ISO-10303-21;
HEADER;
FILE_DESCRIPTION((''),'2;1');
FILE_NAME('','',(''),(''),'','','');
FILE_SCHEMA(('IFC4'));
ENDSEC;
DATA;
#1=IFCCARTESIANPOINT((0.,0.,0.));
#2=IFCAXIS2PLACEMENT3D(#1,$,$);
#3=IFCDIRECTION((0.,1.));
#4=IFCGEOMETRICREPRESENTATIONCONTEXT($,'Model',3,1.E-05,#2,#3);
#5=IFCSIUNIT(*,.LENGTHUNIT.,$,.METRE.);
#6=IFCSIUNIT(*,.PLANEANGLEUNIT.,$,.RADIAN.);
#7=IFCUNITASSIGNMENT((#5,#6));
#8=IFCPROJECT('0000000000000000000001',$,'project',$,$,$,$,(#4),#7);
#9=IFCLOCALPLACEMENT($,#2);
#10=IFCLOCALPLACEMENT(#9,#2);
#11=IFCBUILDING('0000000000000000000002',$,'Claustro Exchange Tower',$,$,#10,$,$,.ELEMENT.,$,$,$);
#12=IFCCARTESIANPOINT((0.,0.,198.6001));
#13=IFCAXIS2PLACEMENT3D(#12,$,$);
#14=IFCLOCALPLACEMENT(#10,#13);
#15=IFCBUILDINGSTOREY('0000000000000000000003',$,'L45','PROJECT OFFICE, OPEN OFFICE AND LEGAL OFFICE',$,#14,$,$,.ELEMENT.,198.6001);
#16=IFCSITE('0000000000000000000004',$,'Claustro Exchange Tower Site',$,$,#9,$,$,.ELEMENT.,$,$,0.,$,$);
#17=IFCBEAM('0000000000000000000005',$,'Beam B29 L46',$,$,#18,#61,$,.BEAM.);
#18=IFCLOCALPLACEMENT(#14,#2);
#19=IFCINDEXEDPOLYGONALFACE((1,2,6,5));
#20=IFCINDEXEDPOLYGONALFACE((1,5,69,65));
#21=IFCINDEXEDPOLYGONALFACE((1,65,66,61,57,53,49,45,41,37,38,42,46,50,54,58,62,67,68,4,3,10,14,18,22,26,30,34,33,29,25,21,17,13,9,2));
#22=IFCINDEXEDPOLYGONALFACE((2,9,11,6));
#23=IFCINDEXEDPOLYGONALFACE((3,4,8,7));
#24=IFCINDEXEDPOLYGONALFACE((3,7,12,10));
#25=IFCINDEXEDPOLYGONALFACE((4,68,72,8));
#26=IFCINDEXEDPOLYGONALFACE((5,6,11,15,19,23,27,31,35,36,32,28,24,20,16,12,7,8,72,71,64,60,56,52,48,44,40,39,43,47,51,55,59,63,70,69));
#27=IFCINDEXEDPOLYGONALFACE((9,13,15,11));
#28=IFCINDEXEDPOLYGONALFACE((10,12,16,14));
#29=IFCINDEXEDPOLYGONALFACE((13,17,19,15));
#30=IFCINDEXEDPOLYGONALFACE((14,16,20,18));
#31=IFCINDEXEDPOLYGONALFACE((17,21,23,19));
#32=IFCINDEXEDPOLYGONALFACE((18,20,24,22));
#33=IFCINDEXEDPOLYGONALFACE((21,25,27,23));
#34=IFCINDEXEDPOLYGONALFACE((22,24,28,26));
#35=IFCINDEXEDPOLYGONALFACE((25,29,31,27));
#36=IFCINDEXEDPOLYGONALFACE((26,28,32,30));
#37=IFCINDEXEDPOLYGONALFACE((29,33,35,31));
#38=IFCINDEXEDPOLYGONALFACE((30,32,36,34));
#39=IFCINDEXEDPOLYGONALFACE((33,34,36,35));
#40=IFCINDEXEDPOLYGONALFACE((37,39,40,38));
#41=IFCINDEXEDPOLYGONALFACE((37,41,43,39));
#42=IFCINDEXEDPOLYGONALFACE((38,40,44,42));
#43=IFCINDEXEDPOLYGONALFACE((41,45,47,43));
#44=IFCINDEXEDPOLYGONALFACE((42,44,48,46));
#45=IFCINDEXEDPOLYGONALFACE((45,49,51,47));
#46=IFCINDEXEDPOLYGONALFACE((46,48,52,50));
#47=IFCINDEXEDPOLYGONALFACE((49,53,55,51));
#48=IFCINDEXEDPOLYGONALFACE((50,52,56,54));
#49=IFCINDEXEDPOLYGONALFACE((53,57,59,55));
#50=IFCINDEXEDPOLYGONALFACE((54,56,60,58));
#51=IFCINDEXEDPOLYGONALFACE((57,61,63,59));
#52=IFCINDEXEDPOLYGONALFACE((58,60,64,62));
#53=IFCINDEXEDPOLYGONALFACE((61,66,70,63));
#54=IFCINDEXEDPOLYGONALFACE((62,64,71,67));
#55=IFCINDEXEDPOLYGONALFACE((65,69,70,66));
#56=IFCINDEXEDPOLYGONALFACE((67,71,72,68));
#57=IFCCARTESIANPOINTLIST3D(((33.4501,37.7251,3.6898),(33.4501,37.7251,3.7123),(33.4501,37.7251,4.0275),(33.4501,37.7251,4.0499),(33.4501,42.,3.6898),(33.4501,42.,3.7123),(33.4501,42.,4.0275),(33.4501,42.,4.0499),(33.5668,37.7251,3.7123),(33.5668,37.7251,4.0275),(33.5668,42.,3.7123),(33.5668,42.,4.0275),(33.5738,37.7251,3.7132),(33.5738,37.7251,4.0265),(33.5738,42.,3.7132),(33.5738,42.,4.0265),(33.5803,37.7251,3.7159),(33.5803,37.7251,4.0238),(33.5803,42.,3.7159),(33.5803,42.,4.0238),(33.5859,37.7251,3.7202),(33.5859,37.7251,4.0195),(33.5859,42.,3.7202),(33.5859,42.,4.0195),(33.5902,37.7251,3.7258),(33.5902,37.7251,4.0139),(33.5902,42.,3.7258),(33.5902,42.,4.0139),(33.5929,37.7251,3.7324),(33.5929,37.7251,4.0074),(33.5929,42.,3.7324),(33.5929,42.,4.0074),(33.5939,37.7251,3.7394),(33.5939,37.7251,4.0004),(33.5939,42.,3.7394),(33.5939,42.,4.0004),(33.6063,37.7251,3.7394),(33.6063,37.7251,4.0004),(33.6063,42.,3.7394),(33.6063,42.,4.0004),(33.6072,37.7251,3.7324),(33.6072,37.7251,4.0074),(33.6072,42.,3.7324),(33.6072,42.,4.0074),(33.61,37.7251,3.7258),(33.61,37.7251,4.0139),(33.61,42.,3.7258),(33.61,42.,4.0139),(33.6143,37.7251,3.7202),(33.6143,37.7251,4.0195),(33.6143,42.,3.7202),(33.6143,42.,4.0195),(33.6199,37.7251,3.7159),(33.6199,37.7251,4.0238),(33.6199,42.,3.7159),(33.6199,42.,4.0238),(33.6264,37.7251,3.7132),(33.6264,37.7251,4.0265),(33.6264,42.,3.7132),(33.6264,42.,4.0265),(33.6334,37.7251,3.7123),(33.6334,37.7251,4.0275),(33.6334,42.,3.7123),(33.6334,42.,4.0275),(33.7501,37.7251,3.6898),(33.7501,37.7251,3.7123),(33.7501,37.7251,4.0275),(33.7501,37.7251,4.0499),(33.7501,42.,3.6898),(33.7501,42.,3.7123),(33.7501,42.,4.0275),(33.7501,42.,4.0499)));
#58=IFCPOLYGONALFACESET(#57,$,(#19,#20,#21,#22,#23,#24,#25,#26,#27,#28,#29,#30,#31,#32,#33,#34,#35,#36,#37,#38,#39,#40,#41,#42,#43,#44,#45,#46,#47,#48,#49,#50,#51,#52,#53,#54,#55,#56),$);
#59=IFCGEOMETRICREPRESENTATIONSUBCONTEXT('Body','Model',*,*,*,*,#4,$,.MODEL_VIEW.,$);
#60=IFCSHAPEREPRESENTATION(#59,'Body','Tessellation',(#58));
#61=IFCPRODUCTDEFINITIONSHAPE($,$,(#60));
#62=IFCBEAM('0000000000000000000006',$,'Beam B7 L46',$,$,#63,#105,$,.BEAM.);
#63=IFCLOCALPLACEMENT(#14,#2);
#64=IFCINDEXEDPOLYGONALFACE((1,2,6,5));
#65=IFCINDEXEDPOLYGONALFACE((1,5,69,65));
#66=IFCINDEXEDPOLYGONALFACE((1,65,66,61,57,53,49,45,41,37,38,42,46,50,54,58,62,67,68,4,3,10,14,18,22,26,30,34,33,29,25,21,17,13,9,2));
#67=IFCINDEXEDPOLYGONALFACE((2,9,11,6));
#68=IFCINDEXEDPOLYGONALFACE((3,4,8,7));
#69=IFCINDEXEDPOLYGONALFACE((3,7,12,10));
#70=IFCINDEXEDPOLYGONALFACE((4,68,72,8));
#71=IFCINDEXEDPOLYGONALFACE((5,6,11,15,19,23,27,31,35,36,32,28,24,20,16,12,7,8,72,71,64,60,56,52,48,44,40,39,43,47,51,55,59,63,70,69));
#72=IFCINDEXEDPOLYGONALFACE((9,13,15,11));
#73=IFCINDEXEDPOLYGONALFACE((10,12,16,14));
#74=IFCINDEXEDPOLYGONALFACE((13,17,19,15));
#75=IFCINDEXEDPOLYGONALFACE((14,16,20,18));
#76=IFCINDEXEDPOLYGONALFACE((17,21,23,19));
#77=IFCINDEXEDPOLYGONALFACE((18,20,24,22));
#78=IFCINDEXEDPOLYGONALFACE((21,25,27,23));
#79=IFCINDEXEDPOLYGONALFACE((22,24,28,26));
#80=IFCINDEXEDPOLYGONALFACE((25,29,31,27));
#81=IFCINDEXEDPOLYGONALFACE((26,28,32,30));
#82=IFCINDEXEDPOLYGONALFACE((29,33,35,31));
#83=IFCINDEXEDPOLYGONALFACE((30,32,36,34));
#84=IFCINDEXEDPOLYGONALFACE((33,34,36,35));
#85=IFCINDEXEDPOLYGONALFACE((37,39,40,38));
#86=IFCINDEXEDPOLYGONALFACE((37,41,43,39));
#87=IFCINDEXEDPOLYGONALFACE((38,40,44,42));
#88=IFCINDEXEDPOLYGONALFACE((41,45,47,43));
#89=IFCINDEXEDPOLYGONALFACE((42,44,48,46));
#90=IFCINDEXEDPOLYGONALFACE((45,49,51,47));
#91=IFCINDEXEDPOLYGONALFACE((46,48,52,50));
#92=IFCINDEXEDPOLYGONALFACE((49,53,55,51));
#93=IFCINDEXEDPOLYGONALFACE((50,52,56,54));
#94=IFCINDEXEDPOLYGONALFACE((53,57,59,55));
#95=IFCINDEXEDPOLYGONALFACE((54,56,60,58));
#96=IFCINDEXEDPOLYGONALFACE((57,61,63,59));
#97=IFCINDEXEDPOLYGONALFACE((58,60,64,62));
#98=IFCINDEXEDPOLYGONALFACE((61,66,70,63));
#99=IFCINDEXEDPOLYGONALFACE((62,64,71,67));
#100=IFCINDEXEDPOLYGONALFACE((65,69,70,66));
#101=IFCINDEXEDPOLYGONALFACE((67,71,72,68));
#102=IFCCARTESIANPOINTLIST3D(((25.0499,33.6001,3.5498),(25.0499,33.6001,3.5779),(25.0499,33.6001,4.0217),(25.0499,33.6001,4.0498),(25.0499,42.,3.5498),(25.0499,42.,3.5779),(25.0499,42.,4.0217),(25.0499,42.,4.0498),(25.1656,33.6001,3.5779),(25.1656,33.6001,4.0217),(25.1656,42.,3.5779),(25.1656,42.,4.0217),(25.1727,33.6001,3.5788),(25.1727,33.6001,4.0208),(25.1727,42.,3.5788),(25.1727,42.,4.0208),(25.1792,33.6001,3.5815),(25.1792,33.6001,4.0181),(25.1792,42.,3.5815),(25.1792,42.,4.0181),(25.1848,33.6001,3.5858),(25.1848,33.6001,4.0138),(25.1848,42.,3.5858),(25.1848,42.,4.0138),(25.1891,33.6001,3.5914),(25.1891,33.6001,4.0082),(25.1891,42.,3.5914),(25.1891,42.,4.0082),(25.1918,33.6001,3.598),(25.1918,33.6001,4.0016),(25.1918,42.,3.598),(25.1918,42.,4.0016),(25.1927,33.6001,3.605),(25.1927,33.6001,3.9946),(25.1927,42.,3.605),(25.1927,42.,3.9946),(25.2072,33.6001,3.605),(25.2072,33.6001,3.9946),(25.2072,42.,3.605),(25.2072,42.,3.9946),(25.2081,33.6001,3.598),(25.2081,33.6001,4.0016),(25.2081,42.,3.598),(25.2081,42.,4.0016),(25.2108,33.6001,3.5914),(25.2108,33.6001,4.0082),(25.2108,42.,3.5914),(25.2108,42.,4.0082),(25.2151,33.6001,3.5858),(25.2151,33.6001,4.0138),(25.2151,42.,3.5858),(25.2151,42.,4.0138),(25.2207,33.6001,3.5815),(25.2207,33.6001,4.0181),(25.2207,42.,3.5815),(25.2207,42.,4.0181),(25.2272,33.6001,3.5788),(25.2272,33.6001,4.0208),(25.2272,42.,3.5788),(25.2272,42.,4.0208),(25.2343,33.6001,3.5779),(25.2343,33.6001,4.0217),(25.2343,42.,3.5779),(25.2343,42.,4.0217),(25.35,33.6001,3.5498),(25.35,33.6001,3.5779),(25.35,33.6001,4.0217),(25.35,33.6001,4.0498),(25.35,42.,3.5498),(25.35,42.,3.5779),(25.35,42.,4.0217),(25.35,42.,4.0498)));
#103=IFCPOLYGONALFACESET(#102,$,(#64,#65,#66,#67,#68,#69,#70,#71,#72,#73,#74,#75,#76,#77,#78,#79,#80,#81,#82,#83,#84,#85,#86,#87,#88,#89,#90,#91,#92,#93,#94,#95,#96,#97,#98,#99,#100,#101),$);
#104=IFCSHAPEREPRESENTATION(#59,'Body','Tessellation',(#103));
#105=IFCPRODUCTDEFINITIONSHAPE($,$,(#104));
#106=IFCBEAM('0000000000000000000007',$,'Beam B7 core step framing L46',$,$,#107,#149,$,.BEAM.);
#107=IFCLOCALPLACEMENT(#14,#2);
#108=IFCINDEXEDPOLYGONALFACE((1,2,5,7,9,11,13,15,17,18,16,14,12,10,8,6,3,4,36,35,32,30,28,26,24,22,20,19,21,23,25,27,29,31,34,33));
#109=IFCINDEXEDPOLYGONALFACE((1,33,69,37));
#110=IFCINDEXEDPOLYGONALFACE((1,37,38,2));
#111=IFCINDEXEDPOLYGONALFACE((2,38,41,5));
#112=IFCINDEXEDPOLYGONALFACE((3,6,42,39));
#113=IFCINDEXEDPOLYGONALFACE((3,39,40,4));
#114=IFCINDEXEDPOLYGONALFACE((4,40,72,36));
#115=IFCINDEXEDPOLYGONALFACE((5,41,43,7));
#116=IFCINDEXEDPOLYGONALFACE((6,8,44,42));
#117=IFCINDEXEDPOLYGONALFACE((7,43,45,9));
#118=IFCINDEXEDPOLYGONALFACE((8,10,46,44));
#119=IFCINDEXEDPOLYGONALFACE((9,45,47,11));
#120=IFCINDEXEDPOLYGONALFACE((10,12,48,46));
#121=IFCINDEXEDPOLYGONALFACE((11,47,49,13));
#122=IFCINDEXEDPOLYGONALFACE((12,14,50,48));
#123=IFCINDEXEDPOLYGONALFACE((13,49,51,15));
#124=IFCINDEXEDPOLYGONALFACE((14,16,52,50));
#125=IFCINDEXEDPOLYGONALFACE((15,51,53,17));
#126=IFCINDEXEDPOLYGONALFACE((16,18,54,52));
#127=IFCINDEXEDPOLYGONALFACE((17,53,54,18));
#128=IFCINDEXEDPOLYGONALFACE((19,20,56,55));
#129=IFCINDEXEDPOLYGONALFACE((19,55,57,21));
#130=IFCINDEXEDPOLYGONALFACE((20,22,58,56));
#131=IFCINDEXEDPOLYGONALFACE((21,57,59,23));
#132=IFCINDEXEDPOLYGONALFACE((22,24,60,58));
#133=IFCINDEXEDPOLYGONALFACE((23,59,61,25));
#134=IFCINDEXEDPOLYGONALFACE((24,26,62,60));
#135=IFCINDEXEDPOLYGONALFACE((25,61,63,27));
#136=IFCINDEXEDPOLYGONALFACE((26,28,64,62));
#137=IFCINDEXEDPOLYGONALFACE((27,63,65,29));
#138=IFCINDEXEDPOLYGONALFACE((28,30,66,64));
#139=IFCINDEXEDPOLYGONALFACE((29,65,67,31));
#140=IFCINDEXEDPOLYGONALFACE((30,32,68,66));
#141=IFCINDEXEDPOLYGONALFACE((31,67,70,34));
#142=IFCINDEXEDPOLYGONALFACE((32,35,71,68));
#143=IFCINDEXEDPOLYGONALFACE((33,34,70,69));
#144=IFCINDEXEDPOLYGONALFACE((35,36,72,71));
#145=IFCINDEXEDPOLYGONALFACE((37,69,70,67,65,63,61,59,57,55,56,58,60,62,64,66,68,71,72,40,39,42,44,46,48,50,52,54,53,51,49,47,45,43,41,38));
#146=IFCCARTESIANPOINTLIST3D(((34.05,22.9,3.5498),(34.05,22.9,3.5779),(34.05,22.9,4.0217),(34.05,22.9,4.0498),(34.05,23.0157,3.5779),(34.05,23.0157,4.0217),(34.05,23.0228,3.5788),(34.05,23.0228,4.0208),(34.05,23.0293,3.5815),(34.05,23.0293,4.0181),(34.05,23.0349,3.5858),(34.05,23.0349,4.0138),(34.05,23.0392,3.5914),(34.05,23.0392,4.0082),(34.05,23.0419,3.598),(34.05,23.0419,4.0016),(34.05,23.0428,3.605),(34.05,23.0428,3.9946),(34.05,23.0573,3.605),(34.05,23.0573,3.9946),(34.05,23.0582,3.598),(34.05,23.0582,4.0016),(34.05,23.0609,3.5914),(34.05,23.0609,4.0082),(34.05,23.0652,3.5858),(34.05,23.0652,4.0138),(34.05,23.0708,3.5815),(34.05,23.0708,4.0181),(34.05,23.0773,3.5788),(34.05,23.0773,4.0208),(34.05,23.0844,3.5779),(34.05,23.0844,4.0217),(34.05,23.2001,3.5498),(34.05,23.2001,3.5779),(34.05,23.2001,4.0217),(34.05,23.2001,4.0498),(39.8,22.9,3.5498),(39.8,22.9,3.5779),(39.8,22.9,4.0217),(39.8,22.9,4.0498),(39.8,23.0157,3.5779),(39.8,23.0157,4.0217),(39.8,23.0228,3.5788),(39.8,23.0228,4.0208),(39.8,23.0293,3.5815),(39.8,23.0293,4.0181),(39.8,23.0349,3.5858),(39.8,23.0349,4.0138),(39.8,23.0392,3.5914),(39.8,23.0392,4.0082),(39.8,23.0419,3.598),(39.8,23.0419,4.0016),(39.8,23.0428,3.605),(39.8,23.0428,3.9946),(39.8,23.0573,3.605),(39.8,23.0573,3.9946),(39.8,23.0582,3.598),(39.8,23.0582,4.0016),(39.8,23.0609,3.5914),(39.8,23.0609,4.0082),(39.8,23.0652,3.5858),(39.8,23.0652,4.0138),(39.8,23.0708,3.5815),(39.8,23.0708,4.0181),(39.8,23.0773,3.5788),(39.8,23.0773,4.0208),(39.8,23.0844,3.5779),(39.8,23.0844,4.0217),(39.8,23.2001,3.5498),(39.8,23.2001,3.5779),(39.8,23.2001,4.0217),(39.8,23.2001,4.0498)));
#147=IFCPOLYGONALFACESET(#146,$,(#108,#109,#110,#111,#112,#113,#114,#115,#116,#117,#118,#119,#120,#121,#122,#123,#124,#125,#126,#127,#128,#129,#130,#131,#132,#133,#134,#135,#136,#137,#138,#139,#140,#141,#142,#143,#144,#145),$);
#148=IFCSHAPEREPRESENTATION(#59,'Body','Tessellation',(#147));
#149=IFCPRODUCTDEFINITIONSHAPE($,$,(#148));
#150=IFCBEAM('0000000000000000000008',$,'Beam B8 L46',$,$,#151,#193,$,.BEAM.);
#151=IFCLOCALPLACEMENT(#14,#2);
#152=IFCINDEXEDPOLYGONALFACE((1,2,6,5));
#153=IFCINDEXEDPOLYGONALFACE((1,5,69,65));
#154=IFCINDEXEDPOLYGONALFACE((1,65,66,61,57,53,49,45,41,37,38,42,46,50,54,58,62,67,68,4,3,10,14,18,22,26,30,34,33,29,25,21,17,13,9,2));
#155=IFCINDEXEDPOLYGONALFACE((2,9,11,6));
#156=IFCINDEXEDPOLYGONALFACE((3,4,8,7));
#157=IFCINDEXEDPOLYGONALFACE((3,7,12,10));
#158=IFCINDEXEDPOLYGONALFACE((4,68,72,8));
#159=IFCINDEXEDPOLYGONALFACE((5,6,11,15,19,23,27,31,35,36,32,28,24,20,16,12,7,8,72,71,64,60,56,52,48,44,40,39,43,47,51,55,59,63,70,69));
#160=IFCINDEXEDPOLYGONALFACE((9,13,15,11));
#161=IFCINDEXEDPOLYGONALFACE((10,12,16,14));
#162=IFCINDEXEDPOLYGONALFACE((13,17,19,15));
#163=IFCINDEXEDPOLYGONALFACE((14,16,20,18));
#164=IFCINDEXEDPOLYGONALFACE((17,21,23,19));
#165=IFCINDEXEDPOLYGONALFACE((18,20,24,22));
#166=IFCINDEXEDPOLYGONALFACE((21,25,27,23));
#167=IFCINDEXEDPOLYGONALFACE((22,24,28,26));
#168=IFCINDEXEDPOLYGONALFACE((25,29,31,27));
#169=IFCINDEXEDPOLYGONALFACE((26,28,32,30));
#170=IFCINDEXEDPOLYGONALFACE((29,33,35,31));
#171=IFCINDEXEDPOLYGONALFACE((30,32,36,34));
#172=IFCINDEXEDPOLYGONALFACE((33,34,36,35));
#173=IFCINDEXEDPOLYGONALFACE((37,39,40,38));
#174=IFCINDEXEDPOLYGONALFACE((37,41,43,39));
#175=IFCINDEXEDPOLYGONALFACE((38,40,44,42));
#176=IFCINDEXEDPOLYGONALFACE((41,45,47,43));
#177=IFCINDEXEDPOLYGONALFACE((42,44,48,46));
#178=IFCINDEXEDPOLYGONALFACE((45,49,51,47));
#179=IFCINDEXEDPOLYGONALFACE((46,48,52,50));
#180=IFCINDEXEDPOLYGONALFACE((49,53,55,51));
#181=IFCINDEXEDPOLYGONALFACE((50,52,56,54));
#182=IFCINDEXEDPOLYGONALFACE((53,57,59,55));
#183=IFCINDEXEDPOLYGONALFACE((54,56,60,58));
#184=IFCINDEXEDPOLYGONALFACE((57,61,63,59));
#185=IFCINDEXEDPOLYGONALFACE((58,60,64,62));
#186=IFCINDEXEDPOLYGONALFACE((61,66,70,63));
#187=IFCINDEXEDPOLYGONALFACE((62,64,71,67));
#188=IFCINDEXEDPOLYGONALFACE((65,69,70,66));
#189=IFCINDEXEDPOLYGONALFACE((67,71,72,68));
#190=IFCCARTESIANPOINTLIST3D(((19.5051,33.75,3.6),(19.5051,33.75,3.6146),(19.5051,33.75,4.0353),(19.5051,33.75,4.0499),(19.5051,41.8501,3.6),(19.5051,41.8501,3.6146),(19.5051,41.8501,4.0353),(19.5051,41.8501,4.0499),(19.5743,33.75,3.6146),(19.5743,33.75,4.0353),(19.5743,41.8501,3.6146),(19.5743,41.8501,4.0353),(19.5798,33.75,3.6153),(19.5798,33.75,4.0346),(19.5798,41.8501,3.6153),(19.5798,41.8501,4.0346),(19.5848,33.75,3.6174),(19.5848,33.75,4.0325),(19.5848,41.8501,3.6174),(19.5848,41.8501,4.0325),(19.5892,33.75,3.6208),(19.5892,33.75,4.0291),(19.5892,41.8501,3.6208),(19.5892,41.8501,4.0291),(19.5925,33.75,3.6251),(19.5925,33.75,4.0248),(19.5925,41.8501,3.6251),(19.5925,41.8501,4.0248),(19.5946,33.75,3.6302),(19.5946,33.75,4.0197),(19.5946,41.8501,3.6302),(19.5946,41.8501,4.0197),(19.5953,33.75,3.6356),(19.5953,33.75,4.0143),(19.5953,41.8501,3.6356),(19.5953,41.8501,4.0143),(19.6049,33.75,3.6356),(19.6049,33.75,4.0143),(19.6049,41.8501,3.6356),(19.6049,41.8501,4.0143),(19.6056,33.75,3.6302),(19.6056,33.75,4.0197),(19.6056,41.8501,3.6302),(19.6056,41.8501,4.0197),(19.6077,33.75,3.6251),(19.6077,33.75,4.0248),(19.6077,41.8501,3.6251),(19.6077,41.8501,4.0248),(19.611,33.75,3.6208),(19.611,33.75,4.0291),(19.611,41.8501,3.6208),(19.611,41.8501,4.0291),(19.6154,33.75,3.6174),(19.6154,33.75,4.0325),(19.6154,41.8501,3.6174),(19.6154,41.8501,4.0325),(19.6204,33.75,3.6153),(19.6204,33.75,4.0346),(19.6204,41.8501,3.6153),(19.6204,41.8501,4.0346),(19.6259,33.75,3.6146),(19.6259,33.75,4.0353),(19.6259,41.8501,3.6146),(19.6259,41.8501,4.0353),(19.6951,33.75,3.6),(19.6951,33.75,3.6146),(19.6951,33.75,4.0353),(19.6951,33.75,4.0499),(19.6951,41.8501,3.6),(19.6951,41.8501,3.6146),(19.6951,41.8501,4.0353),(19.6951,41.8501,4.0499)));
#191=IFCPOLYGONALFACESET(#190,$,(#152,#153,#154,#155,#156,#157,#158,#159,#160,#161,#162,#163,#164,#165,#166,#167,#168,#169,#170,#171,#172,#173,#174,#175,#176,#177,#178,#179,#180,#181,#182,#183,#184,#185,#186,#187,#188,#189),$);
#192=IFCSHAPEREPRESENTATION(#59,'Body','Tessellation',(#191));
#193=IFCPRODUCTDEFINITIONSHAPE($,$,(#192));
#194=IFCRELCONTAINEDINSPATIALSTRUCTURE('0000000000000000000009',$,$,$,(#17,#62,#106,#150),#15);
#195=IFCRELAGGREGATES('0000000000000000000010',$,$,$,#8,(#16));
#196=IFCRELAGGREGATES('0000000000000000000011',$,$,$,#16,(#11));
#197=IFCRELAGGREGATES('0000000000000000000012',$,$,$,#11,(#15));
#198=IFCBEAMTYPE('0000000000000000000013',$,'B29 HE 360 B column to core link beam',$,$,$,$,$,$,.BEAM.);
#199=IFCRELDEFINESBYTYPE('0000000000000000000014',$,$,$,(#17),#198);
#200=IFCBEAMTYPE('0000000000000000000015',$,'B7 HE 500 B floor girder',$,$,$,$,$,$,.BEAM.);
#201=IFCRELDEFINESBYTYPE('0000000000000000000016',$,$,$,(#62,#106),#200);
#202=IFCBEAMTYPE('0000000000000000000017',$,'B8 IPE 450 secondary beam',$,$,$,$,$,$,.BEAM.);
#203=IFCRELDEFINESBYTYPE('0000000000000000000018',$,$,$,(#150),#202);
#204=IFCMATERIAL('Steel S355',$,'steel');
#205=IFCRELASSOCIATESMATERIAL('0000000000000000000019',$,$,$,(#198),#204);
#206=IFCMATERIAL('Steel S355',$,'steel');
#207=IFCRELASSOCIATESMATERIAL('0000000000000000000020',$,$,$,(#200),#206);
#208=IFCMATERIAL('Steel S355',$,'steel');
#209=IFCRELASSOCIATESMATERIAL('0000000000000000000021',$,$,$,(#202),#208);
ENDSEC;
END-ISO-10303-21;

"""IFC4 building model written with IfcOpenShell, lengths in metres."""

from ifc_helpers import new_model, si_unit, direction, frame, origin, origin_2d, place, context, subcontext, project, spatial, i_section, extrude, material, material_profile, profile_set, type_object, element, save


model = new_model("IFC4")

# Units and contexts
model_context = context("Model", 3, precision=1e-05, world=origin(), true_north=direction((0.0, 1.0)))
body_context = subcontext(model_context, "Body", "Model", "MODEL_VIEW")
ifc_project = project(units=[si_unit("LENGTHUNIT", "METRE"), si_unit("PLANEANGLEUNIT", "RADIAN")], contexts=[model_context])

# Site, building, storey
site_placement = place(None, origin())
site = spatial("IfcSite", under=ifc_project, at=site_placement, Name="Claustro Exchange Tower Site", CompositionType="ELEMENT", RefElevation=0.0)
building_placement = place(site_placement, origin())
building = spatial("IfcBuilding", under=site, at=building_placement, Name="Claustro Exchange Tower", CompositionType="ELEMENT")
storey_placement = place(building_placement, frame((0.0, 0.0, 198.6001)))
storey = spatial("IfcBuildingStorey", under=building, at=storey_placement, Name="L45", Description="PROJECT OFFICE, OPEN OFFICE AND LEGAL OFFICE", CompositionType="ELEMENT", Elevation=198.6001)

# Beams
ifc_material_1 = material(Name="Steel S355", Category="steel")
ifc_material_profile_1 = material_profile(ifc_material_1, i_section(OverallWidth=0.3, OverallDepth=0.3601, WebThickness=0.0125, FlangeThickness=0.0225, FilletRadius=0.0271, at=origin_2d()), Name="HE 360 B")
ifc_profile_set_1 = profile_set([ifc_material_profile_1], Name="Steel S355")
beam_type_1 = type_object("IfcBeamType", Name="B29 HE 360 B column to core link beam", PredefinedType="BEAM", material=ifc_profile_set_1)
beam_1_placement = place(storey_placement, frame((33.6001, 37.7251, 3.8699), z_axis=(0.0, 1.0, 0.0), x_axis=(-1.0, 0.0, 0.0)))
element("IfcBeam", 1, at=beam_1_placement, inside=storey, type_object=beam_type_1, Name="Beam B29 L46", PredefinedType="BEAM", context=body_context, shape_type="SweptSolid", body=[
    extrude(i_section(OverallWidth=0.3, OverallDepth=0.3601, WebThickness=0.0125, FlangeThickness=0.0225, FilletRadius=0.0271, at=origin_2d()), origin(), (0.0, 0.0, 1.0), 4.2749),
])
ifc_material_2 = material(Name="Steel S355", Category="steel")
ifc_material_profile_2 = material_profile(ifc_material_2, i_section(OverallWidth=0.3, OverallDepth=0.5, WebThickness=0.0144, FlangeThickness=0.0281, FilletRadius=0.0271, at=origin_2d()), Name="HE 500 B")
ifc_profile_set_2 = profile_set([ifc_material_profile_2], Name="Steel S355")
beam_type_2 = type_object("IfcBeamType", Name="B7 HE 500 B floor girder", PredefinedType="BEAM", material=ifc_profile_set_2)
beam_2_placement = place(storey_placement, frame((25.2, 33.6001, 3.7998), z_axis=(0.0, 1.0, 0.0), x_axis=(-1.0, 0.0, 0.0)))
element("IfcBeam", 2, at=beam_2_placement, inside=storey, type_object=beam_type_2, Name="Beam B7 L46", PredefinedType="BEAM", context=body_context, shape_type="SweptSolid", body=[
    extrude(i_section(OverallWidth=0.3, OverallDepth=0.5, WebThickness=0.0144, FlangeThickness=0.0281, FilletRadius=0.0271, at=origin_2d()), origin(), (0.0, 0.0, 1.0), 8.3999),
])
beam_3_placement = place(storey_placement, frame((34.05, 23.05, 3.7998), z_axis=(1.0, 0.0, 0.0), x_axis=(0.0, 1.0, 0.0)))
element("IfcBeam", 3, at=beam_3_placement, inside=storey, type_object=beam_type_2, Name="Beam B7 core step framing L46", PredefinedType="BEAM", context=body_context, shape_type="SweptSolid", body=[
    extrude(i_section(OverallWidth=0.3, OverallDepth=0.5, WebThickness=0.0144, FlangeThickness=0.0281, FilletRadius=0.0271, at=origin_2d()), origin(), (0.0, 0.0, 1.0), 5.75),
])
ifc_material_3 = material(Name="Steel S355", Category="steel")
ifc_material_profile_3 = material_profile(ifc_material_3, i_section(OverallWidth=0.1899, OverallDepth=0.45, WebThickness=0.0095, FlangeThickness=0.0146, FilletRadius=0.021, at=origin_2d()), Name="IPE 450")
ifc_profile_set_3 = profile_set([ifc_material_profile_3], Name="Steel S355")
beam_type_3 = type_object("IfcBeamType", Name="B8 IPE 450 secondary beam", PredefinedType="BEAM", material=ifc_profile_set_3)
for number, where, z_axis, x_axis, name in (
    (4, (19.6001, 33.75, 3.825), (0.0, 1.0, 0.0), (-1.0, 0.0, 0.0), "Beam B8 L46"),
):
    element("IfcBeam", number, at=place(storey_placement, frame(where, z_axis=z_axis, x_axis=x_axis)), inside=storey, type_object=beam_type_3, Name=name, PredefinedType="BEAM", context=body_context, shape_type="SweptSolid", body=[
        extrude(i_section(OverallWidth=0.1899, OverallDepth=0.45, WebThickness=0.0095, FlangeThickness=0.0146, FilletRadius=0.021, at=origin_2d()), origin(), (0.0, 0.0, 1.0), 8.1001),
    ])

save(model, "model.ifc")
